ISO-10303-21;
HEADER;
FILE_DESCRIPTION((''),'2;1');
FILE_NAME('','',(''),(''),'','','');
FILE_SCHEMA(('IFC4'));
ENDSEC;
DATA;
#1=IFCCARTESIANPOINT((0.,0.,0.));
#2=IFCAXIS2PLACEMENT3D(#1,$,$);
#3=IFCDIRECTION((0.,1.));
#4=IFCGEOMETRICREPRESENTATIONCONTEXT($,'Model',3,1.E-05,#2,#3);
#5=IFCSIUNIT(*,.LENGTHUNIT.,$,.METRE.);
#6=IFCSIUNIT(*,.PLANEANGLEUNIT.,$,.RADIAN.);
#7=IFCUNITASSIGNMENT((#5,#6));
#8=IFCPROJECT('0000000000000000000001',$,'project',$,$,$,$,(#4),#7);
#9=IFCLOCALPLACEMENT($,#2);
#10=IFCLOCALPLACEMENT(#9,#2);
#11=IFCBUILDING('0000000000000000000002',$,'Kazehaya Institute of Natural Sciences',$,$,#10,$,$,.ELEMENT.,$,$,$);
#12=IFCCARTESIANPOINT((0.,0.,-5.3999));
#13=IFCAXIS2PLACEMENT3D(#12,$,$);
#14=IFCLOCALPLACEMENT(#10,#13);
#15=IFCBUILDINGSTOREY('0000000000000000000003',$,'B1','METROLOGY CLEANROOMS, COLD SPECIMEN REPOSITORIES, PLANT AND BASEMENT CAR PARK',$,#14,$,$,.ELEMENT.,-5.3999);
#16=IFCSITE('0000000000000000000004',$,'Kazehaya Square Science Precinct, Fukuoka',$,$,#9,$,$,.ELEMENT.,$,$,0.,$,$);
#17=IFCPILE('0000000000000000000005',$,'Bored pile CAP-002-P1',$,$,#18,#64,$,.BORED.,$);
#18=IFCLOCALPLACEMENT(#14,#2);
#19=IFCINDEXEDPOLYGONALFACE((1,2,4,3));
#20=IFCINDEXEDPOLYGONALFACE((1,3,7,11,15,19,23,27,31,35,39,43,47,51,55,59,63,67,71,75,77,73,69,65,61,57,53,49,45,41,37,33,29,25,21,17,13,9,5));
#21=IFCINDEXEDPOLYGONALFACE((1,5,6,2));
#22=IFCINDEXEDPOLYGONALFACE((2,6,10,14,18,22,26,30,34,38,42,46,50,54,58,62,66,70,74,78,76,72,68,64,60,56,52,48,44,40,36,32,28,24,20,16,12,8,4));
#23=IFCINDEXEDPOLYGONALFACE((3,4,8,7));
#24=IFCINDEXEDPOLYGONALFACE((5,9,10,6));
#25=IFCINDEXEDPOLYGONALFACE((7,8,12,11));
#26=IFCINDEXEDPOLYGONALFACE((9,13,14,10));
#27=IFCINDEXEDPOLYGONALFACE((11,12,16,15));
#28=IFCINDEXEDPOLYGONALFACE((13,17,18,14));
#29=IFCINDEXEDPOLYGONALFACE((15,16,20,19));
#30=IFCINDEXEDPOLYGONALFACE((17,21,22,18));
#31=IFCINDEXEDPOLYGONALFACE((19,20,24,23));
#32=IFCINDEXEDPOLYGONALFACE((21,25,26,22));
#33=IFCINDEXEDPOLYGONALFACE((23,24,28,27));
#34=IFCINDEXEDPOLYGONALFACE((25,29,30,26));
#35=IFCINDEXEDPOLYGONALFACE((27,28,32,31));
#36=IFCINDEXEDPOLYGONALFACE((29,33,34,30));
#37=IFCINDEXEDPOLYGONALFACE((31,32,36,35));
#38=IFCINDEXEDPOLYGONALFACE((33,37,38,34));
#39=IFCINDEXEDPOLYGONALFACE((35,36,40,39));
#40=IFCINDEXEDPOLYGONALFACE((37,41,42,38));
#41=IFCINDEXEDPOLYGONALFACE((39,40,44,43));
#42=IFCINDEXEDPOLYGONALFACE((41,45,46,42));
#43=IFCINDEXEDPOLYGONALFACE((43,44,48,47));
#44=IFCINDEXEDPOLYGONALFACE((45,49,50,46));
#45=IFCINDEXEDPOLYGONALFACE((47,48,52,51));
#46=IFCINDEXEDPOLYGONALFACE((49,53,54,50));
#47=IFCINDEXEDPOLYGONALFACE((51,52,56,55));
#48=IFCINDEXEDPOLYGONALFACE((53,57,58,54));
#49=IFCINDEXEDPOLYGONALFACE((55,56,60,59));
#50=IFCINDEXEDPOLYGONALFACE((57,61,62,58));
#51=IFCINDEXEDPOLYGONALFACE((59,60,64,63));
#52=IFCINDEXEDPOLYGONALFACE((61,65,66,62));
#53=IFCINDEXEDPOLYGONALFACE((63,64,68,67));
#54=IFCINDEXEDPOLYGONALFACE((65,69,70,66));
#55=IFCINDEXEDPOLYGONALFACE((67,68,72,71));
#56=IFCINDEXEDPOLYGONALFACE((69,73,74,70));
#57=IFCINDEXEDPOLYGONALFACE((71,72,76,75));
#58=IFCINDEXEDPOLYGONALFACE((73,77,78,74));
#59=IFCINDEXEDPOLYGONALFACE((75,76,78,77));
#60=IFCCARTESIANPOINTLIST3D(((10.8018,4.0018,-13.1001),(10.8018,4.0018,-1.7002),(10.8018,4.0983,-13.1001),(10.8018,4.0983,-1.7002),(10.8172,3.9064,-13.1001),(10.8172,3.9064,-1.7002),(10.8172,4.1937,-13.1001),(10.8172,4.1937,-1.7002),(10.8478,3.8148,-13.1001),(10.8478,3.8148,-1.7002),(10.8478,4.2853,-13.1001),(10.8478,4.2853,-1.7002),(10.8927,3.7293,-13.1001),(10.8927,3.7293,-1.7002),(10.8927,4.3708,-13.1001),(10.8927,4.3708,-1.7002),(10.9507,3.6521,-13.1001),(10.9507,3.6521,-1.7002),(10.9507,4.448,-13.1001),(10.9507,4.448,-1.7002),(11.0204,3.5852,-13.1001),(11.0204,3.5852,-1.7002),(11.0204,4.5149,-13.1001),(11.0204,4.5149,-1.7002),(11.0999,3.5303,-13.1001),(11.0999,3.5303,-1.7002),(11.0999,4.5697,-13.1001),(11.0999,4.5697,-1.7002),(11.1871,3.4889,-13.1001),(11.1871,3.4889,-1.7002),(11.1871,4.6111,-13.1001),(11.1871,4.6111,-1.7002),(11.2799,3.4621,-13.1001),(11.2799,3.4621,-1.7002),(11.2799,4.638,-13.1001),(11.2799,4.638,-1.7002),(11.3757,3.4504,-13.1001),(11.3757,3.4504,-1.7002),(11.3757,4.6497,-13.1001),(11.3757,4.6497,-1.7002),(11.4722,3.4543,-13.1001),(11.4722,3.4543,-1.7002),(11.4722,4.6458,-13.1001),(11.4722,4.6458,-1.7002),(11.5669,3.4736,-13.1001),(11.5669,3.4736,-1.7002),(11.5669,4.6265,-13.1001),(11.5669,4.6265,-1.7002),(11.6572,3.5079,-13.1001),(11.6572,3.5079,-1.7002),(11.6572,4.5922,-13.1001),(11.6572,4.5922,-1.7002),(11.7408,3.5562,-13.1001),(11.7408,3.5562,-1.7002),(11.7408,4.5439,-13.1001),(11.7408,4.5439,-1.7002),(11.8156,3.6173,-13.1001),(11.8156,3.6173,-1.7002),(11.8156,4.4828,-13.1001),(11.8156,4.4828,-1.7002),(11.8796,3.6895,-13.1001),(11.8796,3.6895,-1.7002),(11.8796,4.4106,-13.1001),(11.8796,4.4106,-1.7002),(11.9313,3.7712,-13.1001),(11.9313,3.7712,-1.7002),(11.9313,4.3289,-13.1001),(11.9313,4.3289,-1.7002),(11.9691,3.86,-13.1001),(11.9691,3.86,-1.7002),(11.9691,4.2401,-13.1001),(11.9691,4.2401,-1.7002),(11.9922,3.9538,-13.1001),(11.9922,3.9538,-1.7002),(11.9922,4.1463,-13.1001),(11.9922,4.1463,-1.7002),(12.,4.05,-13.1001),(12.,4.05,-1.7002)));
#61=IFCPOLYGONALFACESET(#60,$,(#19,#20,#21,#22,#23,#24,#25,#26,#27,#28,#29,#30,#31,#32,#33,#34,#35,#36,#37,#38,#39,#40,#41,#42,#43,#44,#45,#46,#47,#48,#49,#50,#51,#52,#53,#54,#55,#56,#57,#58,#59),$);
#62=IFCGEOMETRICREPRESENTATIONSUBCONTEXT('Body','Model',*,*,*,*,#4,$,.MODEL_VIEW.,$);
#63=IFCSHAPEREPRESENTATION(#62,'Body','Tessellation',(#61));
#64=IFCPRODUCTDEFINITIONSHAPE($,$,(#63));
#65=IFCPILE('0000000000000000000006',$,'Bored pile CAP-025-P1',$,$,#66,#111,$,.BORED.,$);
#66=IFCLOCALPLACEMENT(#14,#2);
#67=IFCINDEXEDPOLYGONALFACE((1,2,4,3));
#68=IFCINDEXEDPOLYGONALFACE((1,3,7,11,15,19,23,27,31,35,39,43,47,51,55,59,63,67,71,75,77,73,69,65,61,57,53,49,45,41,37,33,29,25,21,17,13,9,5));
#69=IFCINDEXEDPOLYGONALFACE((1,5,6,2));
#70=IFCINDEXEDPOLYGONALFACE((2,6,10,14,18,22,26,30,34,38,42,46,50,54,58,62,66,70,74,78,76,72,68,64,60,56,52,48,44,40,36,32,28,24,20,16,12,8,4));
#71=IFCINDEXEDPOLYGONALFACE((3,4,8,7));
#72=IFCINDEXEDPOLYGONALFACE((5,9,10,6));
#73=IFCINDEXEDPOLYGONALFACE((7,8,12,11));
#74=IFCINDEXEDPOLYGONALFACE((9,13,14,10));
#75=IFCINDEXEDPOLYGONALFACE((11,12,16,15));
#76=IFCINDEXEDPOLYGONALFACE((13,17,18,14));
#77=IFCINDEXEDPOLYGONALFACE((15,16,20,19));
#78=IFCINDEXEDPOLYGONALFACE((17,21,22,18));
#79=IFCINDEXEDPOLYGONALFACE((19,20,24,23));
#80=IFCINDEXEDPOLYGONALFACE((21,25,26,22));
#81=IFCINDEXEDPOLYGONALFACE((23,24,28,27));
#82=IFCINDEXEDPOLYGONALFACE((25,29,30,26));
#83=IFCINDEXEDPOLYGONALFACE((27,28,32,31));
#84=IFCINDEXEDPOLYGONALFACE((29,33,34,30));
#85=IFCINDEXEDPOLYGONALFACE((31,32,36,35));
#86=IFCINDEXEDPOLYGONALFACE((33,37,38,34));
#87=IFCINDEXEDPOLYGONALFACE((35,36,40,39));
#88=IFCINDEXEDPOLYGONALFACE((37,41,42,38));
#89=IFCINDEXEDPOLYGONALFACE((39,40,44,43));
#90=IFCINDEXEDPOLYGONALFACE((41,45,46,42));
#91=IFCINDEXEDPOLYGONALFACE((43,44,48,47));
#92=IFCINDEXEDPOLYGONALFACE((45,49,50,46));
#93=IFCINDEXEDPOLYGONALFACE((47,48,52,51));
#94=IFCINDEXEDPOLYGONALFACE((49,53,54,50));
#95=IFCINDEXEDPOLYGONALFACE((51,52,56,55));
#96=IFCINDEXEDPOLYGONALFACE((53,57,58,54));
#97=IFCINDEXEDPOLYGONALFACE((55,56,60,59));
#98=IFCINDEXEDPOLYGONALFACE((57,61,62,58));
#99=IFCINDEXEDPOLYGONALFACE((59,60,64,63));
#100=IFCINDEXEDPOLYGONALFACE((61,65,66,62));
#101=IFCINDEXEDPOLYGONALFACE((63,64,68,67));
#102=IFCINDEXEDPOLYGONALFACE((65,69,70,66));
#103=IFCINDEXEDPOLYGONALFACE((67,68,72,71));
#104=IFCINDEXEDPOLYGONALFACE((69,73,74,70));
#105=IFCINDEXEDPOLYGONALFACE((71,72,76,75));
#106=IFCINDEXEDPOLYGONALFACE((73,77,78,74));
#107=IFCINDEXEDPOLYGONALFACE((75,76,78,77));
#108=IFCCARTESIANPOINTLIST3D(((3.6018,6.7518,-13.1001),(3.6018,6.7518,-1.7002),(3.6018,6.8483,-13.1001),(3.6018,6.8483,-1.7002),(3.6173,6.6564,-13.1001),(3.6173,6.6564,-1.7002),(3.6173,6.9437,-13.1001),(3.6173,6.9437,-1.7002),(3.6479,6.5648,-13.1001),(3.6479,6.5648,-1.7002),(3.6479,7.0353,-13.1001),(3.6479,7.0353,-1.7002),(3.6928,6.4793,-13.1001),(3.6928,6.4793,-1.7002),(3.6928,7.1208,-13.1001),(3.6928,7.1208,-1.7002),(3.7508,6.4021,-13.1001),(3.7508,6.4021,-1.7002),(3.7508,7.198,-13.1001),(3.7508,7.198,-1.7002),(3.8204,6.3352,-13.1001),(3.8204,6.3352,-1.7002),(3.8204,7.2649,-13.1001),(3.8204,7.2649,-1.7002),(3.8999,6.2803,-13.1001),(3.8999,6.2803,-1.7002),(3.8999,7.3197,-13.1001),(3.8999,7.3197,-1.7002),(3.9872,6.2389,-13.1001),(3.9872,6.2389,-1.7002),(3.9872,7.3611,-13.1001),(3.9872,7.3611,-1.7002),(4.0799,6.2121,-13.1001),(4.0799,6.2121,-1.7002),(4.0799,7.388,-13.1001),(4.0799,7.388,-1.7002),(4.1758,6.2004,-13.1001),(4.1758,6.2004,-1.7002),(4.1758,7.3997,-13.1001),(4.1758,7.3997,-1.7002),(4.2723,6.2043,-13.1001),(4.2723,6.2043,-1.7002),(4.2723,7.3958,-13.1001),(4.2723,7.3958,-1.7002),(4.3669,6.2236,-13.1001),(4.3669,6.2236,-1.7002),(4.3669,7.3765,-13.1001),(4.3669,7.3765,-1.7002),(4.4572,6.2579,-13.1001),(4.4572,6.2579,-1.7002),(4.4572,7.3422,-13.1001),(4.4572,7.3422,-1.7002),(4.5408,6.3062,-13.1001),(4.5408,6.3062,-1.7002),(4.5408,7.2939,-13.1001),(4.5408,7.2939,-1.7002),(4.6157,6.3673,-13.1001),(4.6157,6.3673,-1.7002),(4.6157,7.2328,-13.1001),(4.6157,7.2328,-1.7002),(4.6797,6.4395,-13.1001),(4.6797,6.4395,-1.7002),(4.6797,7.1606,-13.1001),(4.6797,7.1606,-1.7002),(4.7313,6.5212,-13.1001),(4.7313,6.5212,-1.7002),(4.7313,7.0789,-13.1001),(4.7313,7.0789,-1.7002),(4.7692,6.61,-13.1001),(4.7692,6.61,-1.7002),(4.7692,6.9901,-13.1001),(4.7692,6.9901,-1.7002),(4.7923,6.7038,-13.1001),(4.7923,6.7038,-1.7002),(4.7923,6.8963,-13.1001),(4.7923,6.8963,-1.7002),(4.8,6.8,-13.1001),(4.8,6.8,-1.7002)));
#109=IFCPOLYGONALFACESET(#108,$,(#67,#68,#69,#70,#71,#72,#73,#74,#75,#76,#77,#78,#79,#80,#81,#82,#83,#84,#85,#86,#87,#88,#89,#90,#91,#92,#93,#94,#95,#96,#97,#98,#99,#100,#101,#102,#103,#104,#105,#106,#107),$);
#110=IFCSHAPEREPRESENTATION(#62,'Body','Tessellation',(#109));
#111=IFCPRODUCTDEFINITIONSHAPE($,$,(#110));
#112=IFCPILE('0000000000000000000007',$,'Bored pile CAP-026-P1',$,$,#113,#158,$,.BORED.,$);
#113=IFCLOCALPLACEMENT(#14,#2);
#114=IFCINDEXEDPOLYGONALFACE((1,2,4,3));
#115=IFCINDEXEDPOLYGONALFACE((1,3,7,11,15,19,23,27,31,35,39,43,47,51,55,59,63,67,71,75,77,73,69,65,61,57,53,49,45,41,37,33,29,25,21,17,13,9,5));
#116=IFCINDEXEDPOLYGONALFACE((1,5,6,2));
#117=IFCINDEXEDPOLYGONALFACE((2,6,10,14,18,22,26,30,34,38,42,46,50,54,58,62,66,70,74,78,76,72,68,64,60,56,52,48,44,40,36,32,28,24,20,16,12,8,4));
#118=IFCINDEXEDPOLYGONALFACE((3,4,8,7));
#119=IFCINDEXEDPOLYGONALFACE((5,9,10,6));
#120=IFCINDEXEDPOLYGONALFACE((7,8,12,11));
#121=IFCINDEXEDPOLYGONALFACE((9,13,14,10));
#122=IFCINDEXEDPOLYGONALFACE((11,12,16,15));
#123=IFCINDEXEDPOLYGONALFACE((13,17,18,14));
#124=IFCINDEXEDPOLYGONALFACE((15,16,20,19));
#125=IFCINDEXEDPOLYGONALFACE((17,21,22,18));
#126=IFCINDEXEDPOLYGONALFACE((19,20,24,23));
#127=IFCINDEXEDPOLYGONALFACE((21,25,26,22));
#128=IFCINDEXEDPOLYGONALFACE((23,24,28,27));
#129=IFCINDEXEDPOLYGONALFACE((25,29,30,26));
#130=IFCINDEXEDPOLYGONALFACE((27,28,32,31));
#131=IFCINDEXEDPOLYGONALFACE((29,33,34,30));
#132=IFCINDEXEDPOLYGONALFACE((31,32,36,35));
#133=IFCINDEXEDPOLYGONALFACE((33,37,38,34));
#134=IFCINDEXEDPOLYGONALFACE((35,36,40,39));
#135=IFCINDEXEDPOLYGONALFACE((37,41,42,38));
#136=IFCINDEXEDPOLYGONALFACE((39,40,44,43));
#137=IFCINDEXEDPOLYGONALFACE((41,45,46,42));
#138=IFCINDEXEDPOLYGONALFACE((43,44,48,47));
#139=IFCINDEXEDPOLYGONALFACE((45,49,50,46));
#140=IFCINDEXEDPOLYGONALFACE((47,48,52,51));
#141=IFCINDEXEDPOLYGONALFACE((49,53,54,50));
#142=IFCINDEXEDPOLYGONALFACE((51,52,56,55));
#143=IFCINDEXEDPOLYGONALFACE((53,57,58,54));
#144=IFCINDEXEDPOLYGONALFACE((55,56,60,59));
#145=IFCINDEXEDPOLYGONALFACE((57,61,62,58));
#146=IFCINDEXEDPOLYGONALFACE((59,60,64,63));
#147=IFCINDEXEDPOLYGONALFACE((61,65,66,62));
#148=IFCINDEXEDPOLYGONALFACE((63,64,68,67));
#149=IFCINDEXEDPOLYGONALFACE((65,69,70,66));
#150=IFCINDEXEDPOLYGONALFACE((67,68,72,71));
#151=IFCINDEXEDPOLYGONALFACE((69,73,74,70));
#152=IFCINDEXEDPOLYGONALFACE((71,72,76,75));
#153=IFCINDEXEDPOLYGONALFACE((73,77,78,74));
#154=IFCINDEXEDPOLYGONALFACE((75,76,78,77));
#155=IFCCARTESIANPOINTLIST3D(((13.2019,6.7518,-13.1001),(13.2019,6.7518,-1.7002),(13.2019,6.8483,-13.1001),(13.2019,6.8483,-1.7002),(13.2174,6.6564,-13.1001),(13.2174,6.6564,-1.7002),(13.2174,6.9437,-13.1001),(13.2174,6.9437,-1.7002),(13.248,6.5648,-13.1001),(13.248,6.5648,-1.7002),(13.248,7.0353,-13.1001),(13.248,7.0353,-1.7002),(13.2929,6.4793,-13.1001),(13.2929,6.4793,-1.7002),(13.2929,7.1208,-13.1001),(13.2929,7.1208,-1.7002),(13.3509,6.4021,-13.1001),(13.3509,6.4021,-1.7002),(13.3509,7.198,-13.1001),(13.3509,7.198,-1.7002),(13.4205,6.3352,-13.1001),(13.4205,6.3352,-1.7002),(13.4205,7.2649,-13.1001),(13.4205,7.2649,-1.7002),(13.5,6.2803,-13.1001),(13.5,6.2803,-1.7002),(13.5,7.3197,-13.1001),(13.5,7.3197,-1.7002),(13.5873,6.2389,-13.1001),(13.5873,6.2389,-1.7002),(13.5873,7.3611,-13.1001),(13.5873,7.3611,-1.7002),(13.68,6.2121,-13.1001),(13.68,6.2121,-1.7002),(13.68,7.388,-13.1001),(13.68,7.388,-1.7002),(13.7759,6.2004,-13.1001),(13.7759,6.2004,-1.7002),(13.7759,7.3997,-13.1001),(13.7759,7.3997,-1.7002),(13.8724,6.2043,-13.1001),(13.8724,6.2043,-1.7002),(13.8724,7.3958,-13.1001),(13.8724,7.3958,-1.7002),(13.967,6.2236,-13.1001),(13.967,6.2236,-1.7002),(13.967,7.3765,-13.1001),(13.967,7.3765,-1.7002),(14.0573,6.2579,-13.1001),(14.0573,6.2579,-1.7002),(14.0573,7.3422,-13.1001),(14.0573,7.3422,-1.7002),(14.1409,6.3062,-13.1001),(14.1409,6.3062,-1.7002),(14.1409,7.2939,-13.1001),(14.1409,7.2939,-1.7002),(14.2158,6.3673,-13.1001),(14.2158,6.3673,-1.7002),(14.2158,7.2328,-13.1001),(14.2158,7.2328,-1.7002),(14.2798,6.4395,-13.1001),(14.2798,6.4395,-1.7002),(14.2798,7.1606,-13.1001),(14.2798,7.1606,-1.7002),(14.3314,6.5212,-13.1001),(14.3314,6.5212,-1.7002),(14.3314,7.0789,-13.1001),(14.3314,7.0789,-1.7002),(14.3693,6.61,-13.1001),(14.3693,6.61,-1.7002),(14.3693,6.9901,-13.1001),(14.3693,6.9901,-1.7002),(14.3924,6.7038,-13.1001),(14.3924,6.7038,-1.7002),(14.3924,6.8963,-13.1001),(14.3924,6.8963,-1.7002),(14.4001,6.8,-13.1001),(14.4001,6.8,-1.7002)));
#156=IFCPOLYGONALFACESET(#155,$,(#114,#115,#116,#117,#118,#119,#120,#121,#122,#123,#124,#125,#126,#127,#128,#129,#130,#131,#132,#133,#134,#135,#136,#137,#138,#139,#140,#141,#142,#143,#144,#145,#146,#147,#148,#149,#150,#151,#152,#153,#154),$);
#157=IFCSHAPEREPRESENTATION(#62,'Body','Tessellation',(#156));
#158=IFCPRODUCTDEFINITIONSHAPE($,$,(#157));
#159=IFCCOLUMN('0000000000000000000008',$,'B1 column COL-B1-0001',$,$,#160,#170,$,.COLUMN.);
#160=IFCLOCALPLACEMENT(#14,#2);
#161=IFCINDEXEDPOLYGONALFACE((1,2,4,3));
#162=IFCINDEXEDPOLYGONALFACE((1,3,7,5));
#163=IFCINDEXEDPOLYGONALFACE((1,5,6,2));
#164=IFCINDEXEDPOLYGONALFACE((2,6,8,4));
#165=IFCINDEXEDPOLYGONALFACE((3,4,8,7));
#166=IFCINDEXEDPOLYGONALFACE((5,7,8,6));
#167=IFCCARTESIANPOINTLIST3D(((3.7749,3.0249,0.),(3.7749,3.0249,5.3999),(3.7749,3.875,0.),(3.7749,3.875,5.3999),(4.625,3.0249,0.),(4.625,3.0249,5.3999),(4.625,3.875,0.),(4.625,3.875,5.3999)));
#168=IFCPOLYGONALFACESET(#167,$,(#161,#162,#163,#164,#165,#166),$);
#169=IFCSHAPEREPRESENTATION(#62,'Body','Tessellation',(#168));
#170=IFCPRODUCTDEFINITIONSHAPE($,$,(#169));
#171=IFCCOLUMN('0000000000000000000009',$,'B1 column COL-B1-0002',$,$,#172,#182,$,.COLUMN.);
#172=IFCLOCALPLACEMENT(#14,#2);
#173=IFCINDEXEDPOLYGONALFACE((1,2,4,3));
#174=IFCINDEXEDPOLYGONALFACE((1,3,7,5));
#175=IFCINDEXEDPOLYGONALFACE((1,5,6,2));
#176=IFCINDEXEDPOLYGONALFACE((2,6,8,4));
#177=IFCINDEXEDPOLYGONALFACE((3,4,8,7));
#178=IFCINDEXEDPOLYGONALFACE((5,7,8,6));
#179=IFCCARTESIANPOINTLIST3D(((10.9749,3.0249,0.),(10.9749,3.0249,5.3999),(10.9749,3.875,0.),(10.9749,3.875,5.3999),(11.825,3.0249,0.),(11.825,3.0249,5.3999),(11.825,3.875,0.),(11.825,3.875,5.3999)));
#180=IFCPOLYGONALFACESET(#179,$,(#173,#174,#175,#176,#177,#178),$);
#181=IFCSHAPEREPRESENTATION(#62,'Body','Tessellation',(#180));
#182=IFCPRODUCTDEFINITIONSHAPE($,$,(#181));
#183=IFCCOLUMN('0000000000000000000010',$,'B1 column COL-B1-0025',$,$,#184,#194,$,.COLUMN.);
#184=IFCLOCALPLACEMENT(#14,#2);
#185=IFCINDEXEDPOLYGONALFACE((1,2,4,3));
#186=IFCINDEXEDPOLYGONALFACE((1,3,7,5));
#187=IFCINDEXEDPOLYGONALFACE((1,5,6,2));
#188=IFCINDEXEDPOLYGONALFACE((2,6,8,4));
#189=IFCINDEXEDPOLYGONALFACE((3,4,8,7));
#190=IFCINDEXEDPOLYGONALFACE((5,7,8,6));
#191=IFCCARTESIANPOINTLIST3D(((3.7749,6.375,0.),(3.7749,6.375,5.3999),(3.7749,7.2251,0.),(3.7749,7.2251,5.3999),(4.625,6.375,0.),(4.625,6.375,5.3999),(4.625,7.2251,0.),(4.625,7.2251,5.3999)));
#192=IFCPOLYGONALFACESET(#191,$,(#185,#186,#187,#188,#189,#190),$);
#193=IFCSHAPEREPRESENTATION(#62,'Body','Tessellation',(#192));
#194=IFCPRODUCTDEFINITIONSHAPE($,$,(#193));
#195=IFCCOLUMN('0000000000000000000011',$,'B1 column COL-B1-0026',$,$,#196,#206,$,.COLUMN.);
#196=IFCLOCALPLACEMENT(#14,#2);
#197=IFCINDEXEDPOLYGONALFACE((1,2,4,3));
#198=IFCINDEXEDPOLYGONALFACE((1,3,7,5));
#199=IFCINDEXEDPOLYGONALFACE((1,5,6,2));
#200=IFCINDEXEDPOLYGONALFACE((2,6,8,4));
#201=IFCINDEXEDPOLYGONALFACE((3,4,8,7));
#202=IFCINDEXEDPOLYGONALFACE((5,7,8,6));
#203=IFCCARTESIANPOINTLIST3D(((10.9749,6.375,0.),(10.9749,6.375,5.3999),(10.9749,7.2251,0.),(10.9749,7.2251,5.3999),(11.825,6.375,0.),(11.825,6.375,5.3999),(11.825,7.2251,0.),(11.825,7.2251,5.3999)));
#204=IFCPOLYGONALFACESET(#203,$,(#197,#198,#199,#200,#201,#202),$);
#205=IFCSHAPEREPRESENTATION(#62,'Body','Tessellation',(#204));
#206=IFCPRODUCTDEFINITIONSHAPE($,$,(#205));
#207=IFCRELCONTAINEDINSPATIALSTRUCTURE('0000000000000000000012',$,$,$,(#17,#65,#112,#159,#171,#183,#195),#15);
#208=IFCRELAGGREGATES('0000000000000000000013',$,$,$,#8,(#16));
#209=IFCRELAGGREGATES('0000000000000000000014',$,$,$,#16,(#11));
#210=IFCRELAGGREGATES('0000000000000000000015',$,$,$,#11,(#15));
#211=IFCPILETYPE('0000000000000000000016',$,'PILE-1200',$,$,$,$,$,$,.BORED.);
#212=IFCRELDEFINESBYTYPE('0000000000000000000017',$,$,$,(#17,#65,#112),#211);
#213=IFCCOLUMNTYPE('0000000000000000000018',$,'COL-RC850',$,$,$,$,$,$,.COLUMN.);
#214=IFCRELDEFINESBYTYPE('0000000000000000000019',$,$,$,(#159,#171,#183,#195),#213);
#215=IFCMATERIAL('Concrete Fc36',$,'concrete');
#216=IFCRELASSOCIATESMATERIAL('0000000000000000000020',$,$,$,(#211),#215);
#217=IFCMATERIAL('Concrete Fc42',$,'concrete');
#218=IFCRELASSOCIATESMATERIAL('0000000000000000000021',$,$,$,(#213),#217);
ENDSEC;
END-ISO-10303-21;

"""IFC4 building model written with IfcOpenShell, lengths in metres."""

from ifc_helpers import new_model, si_unit, direction, frame, origin, origin_2d, place, context, subcontext, project, spatial, rectangle, circle, extrude, material, material_profile, profile_set, type_object, element, save


model = new_model("IFC4")

# Units and contexts
model_context = context("Model", 3, precision=1e-05, world=origin(), true_north=direction((0.0, 1.0)))
body_context = subcontext(model_context, "Body", "Model", "MODEL_VIEW")
ifc_project = project(units=[si_unit("LENGTHUNIT", "METRE"), si_unit("PLANEANGLEUNIT", "RADIAN")], contexts=[model_context])

# Site, building, storey
site_placement = place(None, origin())
site = spatial("IfcSite", under=ifc_project, at=site_placement, Name="Kazehaya Square Science Precinct, Fukuoka", CompositionType="ELEMENT", RefElevation=0.0)
building_placement = place(site_placement, origin())
building = spatial("IfcBuilding", under=site, at=building_placement, Name="Kazehaya Institute of Natural Sciences", CompositionType="ELEMENT")
storey_placement = place(building_placement, frame((0.0, 0.0, -5.3999)))
storey = spatial("IfcBuildingStorey", under=building, at=storey_placement, Name="B1", Description="METROLOGY CLEANROOMS, COLD SPECIMEN REPOSITORIES, PLANT AND BASEMENT CAR PARK", CompositionType="ELEMENT", Elevation=-5.3999)

# Shared definitions
ifc_material_1 = material(Name="Concrete Fc36", Category="concrete")

# Piles
ifc_material_profile_1 = material_profile(ifc_material_1, circle(Radius=0.6001, at=origin_2d()), Name="PILE-1200")
ifc_profile_set_1 = profile_set([ifc_material_profile_1], Name="Concrete Fc36")
pile_type = type_object("IfcPileType", Name="PILE-1200", PredefinedType="BORED", material=ifc_profile_set_1)
for number, where, z_axis, x_axis, name in (
    (1, (11.3999, 4.05, -1.7002), (0.0, 0.0, -1.0), (1.0, 0.0, 0.0), "Bored pile CAP-002-P1"),
    (2, (4.2, 6.8, -1.7002), (0.0, 0.0, -1.0), (1.0, 0.0, 0.0), "Bored pile CAP-025-P1"),
    (3, (13.8, 6.8, -1.7002), (0.0, 0.0, -1.0), (1.0, 0.0, 0.0), "Bored pile CAP-026-P1"),
):
    element("IfcPile", number, at=place(storey_placement, frame(where, z_axis=z_axis, x_axis=x_axis)), inside=storey, type_object=pile_type, Name=name, PredefinedType="BORED", context=body_context, shape_type="SweptSolid", body=[
        extrude(circle(Radius=0.6001, at=origin_2d()), origin(), (0.0, 0.0, 1.0), 11.3999),
    ])

# Columns
ifc_material_2 = material(Name="Concrete Fc42", Category="concrete")
ifc_material_profile_2 = material_profile(ifc_material_2, rectangle(XDim=0.8501, YDim=0.8501, at=origin_2d()), Name="RC-850x850")
ifc_profile_set_2 = profile_set([ifc_material_profile_2], Name="Concrete Fc42")
column_type = type_object("IfcColumnType", Name="COL-RC850", PredefinedType="COLUMN", material=ifc_profile_set_2)
for number, where, z_axis, x_axis, name in (
    (4, (4.2, 3.45, 0.0), (0.0, 0.0, 1.0), (1.0, 0.0, 0.0), "B1 column COL-B1-0001"),
    (5, (11.3999, 3.45, 0.0), (0.0, 0.0, 1.0), (1.0, 0.0, 0.0), "B1 column COL-B1-0002"),
    (6, (4.2, 6.8, 0.0), (0.0, 0.0, 1.0), (1.0, 0.0, 0.0), "B1 column COL-B1-0025"),
    (7, (11.3999, 6.8, 0.0), (0.0, 0.0, 1.0), (1.0, 0.0, 0.0), "B1 column COL-B1-0026"),
):
    element("IfcColumn", number, at=place(storey_placement, frame(where, z_axis=z_axis, x_axis=x_axis)), inside=storey, type_object=column_type, Name=name, PredefinedType="COLUMN", context=body_context, shape_type="SweptSolid", body=[
        extrude(rectangle(XDim=0.8501, YDim=0.8501, at=origin_2d()), origin(), (0.0, 0.0, 1.0), 5.3999),
    ])

save(model, "model.ifc")
